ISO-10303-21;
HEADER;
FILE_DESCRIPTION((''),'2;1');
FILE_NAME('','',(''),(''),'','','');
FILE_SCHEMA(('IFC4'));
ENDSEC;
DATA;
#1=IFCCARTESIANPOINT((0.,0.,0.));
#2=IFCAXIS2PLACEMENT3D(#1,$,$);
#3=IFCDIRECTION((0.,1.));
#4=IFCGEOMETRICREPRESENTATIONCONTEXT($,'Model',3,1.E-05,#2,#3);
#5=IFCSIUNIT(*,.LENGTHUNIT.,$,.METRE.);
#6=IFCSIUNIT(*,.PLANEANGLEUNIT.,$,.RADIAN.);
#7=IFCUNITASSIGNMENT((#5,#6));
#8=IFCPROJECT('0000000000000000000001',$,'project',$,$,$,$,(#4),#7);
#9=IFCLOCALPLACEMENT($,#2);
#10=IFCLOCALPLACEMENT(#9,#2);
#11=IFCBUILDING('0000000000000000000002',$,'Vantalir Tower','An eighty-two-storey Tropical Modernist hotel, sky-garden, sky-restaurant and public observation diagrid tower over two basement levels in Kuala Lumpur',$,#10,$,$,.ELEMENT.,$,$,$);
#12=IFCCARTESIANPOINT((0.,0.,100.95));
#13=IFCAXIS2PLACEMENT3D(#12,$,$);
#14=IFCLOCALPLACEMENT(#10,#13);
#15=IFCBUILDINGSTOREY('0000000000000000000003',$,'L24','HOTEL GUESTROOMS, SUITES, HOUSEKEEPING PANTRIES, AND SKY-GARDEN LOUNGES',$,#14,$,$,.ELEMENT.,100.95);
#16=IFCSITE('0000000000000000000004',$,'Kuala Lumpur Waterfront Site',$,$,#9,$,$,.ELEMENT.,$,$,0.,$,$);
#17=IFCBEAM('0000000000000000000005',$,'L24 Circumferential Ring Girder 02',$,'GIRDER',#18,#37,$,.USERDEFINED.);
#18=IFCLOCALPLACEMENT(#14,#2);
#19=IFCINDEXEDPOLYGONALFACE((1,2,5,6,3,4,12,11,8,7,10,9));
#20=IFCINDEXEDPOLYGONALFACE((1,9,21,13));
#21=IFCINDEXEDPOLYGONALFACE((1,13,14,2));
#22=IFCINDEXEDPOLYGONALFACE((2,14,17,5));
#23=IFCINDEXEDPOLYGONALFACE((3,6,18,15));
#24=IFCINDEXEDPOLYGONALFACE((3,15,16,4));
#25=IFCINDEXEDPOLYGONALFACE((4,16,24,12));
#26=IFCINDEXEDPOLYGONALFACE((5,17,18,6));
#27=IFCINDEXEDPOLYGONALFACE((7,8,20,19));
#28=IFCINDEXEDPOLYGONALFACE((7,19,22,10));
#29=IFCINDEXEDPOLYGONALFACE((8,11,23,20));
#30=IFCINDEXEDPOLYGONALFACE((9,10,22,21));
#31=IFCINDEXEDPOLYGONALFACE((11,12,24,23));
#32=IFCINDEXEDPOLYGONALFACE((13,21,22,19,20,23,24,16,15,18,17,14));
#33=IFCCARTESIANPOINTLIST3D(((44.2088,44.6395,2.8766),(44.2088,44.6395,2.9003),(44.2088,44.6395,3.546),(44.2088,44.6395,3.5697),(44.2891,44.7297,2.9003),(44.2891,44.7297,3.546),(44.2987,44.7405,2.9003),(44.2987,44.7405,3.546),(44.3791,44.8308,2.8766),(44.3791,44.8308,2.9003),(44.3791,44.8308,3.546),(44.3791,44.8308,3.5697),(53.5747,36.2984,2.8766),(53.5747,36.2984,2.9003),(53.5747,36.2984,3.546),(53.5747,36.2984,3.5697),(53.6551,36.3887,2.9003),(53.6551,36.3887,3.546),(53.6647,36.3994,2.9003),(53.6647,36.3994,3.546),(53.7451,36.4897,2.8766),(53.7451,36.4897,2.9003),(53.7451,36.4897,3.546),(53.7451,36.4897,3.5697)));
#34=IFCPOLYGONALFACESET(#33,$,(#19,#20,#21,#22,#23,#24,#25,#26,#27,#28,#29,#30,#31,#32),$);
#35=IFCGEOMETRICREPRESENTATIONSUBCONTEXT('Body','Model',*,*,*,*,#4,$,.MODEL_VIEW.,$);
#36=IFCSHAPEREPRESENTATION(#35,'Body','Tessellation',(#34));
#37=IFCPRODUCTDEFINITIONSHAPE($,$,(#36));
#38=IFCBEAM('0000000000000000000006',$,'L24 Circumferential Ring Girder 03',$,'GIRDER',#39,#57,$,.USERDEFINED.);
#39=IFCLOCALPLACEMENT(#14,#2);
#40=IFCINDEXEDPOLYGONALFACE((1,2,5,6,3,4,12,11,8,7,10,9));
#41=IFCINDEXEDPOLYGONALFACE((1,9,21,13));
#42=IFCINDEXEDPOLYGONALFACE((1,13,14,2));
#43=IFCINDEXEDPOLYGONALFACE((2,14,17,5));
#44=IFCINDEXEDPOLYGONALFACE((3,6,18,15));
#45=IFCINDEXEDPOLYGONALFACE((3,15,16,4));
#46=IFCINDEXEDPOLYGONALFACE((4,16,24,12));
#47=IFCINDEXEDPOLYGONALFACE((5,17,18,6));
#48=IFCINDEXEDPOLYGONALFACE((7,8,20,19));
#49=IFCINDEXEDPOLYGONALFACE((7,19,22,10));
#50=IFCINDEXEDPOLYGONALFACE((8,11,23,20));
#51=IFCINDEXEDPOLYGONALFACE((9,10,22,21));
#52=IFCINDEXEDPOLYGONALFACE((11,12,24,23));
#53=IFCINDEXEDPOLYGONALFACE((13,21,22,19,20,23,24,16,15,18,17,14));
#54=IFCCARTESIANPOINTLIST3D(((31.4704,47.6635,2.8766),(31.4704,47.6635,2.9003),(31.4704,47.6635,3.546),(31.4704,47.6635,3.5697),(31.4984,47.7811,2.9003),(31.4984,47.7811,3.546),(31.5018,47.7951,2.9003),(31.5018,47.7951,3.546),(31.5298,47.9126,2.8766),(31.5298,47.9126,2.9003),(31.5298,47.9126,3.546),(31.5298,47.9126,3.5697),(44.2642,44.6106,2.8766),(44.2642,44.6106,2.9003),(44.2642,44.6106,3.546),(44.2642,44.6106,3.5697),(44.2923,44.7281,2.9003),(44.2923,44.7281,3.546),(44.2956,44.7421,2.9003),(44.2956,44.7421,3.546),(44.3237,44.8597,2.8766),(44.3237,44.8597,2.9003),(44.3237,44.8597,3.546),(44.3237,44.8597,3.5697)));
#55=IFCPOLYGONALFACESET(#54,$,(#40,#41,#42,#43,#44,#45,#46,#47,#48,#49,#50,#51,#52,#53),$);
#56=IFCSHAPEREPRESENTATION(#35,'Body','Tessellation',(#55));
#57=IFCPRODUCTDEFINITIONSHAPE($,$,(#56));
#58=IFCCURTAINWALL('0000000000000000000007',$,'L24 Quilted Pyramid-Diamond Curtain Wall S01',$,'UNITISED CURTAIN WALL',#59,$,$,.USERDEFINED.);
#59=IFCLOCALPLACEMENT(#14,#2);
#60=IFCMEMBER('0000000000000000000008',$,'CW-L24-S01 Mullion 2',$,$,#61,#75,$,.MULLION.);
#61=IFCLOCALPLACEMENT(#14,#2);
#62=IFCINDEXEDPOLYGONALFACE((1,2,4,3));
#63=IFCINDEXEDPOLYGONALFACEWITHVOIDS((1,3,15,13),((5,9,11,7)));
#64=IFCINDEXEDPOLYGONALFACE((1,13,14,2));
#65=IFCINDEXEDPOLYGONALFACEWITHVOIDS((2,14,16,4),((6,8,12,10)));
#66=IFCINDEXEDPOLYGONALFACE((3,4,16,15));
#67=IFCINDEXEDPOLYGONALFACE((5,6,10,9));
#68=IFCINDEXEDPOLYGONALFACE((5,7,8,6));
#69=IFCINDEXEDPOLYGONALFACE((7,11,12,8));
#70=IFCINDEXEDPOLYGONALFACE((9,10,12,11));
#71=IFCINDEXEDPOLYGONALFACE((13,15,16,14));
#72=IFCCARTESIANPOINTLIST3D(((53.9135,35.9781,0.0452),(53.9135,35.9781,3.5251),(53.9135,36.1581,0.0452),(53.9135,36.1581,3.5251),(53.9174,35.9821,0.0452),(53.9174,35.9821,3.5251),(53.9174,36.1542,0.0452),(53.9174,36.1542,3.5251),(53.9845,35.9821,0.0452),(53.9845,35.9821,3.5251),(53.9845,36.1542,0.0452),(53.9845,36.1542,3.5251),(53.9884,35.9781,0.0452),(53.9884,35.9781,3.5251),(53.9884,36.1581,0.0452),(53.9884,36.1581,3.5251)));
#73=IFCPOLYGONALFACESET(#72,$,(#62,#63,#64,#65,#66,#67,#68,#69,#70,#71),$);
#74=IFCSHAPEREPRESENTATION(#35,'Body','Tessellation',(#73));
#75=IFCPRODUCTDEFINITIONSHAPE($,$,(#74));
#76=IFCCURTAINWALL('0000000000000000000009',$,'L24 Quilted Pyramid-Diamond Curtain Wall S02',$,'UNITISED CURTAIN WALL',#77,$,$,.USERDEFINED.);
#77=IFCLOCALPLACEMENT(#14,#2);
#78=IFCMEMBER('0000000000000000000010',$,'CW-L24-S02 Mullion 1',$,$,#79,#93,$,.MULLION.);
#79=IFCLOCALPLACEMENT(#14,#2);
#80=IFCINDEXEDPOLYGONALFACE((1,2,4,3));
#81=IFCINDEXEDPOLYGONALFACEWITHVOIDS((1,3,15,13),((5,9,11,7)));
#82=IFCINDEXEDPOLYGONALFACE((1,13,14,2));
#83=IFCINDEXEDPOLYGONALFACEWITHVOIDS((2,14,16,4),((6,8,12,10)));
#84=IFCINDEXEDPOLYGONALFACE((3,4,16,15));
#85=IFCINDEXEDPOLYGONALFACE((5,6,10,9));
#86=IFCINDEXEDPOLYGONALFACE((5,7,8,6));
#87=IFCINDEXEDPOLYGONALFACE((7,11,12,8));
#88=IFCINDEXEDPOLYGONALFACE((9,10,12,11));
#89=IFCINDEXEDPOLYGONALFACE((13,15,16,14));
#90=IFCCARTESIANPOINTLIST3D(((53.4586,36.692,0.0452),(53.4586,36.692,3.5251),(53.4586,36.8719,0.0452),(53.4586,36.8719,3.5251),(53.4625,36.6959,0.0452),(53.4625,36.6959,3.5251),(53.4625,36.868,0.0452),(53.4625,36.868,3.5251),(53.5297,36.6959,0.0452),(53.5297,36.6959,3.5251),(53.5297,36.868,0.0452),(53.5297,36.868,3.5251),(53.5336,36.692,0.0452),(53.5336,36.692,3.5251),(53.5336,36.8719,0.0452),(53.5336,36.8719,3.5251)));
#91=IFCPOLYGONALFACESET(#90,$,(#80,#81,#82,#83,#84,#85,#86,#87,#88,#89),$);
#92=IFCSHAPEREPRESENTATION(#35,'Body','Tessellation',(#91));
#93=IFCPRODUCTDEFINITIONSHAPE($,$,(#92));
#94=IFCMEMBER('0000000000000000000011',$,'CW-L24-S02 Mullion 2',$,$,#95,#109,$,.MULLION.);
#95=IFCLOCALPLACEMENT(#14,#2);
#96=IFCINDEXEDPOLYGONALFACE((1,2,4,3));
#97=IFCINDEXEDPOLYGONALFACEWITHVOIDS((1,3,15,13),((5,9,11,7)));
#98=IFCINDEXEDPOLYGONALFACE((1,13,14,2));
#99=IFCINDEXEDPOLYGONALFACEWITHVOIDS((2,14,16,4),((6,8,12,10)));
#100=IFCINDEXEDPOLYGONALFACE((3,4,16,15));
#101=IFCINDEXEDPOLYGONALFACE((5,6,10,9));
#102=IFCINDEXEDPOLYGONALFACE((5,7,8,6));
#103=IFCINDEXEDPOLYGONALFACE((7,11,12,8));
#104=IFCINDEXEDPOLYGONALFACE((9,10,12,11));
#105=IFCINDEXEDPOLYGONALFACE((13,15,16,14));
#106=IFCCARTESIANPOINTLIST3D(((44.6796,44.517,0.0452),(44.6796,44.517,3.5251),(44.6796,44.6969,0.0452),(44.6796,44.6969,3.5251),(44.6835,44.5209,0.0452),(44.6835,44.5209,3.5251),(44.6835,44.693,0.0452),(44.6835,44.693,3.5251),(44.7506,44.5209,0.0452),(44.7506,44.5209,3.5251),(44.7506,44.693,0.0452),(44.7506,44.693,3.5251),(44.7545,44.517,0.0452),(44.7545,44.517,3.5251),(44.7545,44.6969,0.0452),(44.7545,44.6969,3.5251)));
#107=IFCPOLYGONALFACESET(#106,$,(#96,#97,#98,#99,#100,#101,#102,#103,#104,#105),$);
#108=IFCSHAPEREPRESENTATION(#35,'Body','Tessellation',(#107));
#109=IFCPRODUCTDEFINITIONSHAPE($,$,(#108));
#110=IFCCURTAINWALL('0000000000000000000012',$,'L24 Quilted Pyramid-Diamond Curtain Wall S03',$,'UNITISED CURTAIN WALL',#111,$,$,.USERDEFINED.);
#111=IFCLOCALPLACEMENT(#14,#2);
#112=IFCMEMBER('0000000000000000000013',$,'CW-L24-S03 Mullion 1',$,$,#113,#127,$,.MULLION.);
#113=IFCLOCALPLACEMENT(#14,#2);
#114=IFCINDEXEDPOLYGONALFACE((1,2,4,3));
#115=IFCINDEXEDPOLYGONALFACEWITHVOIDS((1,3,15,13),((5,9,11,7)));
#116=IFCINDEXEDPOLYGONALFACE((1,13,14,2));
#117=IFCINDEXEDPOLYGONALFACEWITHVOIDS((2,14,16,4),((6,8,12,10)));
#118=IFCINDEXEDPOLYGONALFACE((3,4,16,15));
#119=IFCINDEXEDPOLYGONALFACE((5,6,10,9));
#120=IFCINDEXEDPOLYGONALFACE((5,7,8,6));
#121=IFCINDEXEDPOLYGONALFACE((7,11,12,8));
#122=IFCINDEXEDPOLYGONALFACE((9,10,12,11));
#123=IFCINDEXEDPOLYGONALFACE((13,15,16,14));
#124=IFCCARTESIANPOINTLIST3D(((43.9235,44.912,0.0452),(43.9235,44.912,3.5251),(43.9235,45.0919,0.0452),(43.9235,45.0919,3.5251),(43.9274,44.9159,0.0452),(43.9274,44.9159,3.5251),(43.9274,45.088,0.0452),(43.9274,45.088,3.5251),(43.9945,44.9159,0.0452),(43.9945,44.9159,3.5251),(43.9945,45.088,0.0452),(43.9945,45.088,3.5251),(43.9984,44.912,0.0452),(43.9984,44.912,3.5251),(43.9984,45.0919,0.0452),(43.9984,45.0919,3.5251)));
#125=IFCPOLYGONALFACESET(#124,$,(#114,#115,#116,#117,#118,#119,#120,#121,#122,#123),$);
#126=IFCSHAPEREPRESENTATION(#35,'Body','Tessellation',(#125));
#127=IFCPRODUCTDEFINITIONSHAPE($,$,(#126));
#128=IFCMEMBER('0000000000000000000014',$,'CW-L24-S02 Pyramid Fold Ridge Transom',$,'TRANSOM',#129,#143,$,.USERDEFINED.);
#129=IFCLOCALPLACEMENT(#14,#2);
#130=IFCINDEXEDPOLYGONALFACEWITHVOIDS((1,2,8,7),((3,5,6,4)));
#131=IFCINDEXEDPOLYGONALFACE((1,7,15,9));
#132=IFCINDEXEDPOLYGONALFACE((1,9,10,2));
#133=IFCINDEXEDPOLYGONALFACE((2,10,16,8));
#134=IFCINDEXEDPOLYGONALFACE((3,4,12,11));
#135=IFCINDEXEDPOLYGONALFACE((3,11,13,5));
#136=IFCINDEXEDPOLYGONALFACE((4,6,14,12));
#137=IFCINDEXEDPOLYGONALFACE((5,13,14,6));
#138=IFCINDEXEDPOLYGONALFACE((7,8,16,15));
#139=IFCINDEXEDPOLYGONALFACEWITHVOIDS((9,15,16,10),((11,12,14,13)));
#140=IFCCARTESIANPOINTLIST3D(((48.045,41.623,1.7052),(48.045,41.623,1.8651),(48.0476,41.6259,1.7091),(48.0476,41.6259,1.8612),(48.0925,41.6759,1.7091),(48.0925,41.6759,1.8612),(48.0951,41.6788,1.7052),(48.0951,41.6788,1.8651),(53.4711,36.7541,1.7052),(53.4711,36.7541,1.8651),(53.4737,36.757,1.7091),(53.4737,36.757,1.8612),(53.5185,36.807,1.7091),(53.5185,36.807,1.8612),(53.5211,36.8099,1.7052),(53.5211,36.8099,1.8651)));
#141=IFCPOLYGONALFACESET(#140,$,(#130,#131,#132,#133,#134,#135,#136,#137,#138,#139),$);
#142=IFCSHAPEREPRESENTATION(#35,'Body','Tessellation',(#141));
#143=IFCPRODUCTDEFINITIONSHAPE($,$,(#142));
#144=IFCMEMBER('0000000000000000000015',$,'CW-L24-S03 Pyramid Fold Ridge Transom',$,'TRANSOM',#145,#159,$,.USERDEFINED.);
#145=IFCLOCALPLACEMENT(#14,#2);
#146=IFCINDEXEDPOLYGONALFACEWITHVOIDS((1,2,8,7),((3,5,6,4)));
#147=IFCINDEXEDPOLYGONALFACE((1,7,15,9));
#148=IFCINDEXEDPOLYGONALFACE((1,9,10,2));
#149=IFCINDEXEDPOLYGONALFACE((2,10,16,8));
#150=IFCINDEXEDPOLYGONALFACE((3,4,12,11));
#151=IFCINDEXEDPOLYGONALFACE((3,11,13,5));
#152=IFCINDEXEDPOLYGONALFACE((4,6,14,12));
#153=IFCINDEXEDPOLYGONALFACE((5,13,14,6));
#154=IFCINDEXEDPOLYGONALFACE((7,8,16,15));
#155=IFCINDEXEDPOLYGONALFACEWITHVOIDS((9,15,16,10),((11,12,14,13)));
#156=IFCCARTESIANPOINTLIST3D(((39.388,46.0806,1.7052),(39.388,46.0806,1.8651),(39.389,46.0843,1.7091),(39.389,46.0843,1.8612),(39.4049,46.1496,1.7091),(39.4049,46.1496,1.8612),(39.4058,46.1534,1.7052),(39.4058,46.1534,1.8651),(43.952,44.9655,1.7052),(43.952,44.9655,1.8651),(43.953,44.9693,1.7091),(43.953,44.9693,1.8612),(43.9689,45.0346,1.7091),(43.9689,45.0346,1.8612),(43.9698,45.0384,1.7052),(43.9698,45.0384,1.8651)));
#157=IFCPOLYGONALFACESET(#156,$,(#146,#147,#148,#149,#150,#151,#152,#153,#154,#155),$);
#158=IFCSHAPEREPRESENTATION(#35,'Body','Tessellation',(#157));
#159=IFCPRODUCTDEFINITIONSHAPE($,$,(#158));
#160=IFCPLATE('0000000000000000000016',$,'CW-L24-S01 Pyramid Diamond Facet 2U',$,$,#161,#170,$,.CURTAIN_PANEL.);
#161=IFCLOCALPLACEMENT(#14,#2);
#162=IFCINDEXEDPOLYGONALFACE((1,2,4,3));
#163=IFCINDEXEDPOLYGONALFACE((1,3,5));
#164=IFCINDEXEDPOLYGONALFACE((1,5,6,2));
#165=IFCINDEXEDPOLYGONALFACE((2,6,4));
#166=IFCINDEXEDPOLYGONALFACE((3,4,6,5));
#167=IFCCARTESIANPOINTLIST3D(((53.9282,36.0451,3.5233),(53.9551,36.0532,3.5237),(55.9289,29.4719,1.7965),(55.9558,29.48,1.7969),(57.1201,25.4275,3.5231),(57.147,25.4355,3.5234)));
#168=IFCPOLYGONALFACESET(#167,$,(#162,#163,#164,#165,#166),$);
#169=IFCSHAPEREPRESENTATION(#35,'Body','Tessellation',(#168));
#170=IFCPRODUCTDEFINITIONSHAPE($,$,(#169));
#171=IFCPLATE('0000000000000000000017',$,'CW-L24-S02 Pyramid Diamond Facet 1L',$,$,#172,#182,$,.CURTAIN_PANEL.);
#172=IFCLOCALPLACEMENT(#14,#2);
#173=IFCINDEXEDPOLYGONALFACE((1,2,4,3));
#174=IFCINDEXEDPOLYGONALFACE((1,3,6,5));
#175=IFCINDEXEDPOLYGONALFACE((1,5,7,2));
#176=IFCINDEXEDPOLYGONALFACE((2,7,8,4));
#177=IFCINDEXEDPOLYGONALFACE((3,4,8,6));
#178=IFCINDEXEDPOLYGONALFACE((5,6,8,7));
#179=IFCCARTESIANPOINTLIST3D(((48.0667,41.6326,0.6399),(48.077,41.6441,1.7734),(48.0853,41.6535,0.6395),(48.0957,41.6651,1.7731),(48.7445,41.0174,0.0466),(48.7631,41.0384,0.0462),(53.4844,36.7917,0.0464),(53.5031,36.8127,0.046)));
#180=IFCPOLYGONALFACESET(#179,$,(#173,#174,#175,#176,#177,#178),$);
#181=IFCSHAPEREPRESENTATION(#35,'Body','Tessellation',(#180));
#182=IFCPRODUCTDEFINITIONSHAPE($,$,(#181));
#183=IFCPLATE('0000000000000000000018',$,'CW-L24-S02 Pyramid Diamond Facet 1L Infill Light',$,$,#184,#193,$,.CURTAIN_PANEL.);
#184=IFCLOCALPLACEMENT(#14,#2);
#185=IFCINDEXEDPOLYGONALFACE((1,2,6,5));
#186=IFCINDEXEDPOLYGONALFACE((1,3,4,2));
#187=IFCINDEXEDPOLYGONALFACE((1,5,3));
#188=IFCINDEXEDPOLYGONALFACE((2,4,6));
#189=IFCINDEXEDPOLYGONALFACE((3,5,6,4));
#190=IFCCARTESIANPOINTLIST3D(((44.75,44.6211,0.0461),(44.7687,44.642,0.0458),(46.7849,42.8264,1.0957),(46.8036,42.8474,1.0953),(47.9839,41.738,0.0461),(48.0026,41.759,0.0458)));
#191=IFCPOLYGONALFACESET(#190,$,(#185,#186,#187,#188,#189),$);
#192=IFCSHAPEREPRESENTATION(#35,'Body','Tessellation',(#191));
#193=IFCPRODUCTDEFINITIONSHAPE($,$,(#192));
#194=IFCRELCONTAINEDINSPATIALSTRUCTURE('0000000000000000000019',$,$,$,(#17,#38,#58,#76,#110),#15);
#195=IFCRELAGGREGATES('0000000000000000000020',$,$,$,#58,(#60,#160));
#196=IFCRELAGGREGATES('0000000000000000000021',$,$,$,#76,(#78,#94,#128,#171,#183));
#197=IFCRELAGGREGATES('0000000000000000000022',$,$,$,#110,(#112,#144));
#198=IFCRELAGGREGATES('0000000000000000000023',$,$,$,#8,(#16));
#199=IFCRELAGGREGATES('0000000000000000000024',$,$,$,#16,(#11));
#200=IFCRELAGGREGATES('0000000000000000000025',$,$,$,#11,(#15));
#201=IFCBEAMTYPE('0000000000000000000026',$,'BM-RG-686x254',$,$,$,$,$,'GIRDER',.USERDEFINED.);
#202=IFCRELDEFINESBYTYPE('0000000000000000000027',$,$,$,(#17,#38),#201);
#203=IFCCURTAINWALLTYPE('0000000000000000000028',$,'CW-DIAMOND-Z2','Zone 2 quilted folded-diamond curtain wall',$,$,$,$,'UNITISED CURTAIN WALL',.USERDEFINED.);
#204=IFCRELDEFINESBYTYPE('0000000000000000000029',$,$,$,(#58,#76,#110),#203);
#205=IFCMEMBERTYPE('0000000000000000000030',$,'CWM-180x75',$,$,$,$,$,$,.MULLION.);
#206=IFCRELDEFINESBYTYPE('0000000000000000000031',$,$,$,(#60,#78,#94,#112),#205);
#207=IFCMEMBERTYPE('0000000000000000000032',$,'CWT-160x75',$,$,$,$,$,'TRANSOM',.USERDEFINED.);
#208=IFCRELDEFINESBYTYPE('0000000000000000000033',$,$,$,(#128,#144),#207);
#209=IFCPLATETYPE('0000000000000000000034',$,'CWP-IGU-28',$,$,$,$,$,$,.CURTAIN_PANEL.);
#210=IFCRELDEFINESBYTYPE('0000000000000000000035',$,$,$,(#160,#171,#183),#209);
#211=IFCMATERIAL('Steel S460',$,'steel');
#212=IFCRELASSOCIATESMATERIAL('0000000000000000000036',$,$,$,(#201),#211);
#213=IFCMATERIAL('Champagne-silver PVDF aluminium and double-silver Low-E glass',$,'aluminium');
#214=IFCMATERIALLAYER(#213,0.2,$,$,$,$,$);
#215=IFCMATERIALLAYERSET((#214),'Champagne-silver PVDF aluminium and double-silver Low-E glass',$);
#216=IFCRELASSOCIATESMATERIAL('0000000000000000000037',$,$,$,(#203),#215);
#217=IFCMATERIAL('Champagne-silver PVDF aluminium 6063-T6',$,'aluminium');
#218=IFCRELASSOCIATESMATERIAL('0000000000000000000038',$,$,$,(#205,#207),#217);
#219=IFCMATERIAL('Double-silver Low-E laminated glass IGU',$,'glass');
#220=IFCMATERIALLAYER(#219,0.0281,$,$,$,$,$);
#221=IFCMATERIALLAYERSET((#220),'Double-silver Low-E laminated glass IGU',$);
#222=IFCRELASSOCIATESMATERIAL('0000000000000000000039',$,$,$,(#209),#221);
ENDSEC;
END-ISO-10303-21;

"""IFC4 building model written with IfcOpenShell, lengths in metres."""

from ifc_helpers import new_model, si_unit, direction, frame, origin, origin_2d, place, context, subcontext, project, spatial, polyline, hollow_rectangle, i_section, outline, extrude, material, layer, layer_set, material_profile, profile_set, type_object, element, aggregate, save


model = new_model("IFC4")

# Units and contexts
model_context = context("Model", 3, precision=1e-05, world=origin(), true_north=direction((0.0, 1.0)))
body_context = subcontext(model_context, "Body", "Model", "MODEL_VIEW")
ifc_project = project(units=[si_unit("LENGTHUNIT", "METRE"), si_unit("PLANEANGLEUNIT", "RADIAN")], contexts=[model_context])

# Site, building, storey
site_placement = place(None, origin())
site = spatial("IfcSite", under=ifc_project, at=site_placement, Name="Kuala Lumpur Waterfront Site", CompositionType="ELEMENT", RefElevation=0.0)
building_placement = place(site_placement, origin())
building = spatial("IfcBuilding", under=site, at=building_placement, Name="Vantalir Tower", Description="An eighty-two-storey Tropical Modernist hotel, sky-garden, sky-restaurant and public observation diagrid tower over two basement levels in Kuala Lumpur", CompositionType="ELEMENT")
storey_placement = place(building_placement, frame((0.0, 0.0, 100.95)))
storey = spatial("IfcBuildingStorey", under=building, at=storey_placement, Name="L24", Description="HOTEL GUESTROOMS, SUITES, HOUSEKEEPING PANTRIES, AND SKY-GARDEN LOUNGES", CompositionType="ELEMENT", Elevation=100.95)

# Shared definitions
ifc_material_1 = material(Name="Steel S460", Category="steel")

# Beams
ifc_material_profile_1 = material_profile(ifc_material_1, i_section(OverallWidth=0.2561, OverallDepth=0.6931, WebThickness=0.0144, FlangeThickness=0.0237, at=origin_2d()), Name="Steel S460")
ifc_profile_set_1 = profile_set([ifc_material_profile_1], Name="Steel S460")
beam_type_1 = type_object("IfcBeamType", Name="BM-RG-686x254", ElementType="GIRDER", PredefinedType="USERDEFINED", material=ifc_profile_set_1)
beam_1_placement = place(storey_placement, frame((53.6599, 36.394, 3.2231), z_axis=(-0.746785, 0.665066, 0.0), x_axis=(-0.665066, -0.746785, 0.0)))
element("IfcBeam", 1, at=beam_1_placement, inside=storey, type_object=beam_type_1, Name="L24 Circumferential Ring Girder 02", ObjectType="GIRDER", PredefinedType="USERDEFINED", context=body_context, shape_type="SweptSolid", body=[
    extrude(i_section(OverallWidth=0.2561, OverallDepth=0.6931, WebThickness=0.0144, FlangeThickness=0.0237, at=origin_2d()), origin(), (0.0, 0.0, 1.0), 12.5417),
])
beam_2_placement = place(storey_placement, frame((44.2939, 44.7351, 3.2231), z_axis=(-0.97269, 0.23211, 0.0), x_axis=(-0.23211, -0.97269, 0.0)))
element("IfcBeam", 2, at=beam_2_placement, inside=storey, type_object=beam_type_1, Name="L24 Circumferential Ring Girder 03", ObjectType="GIRDER", PredefinedType="USERDEFINED", context=body_context, shape_type="SweptSolid", body=[
    extrude(i_section(OverallWidth=0.2561, OverallDepth=0.6931, WebThickness=0.0144, FlangeThickness=0.0237, at=origin_2d()), origin(), (0.0, 0.0, 1.0), 13.1531),
])

# Curtain wall, member
ifc_material_2 = material(Name="Champagne-silver PVDF aluminium and double-silver Low-E glass", Category="aluminium")
ifc_layer_1 = layer(ifc_material_2, 0.2)
ifc_layer_set_1 = layer_set([ifc_layer_1], Name="Champagne-silver PVDF aluminium and double-silver Low-E glass")
curtain_wall_type = type_object("IfcCurtainWallType", Name="CW-DIAMOND-Z2", Description="Zone 2 quilted folded-diamond curtain wall", ElementType="UNITISED CURTAIN WALL", PredefinedType="USERDEFINED", material=ifc_layer_set_1)
curtain_wall_1_placement = place(storey_placement, origin())
curtain_wall_1 = element("IfcCurtainWall", 3, at=curtain_wall_1_placement, inside=storey, type_object=curtain_wall_type, Name="L24 Quilted Pyramid-Diamond Curtain Wall S01", ObjectType="UNITISED CURTAIN WALL", PredefinedType="USERDEFINED")
ifc_material_3 = material(Name="Champagne-silver PVDF aluminium 6063-T6", Category="aluminium")
ifc_material_profile_2 = material_profile(ifc_material_3, hollow_rectangle(XDim=0.075, YDim=0.1799, WallThickness=0.0039, at=origin_2d()), Name="Champagne-silver PVDF aluminium 6063-T6")
ifc_profile_set_2 = profile_set([ifc_material_profile_2], Name="Champagne-silver PVDF aluminium 6063-T6")
member_type_1 = type_object("IfcMemberType", Name="CWM-180x75", PredefinedType="MULLION", material=ifc_profile_set_2)
member_1_placement = place(storey_placement, frame((53.9509, 36.0681, 0.0452), z_axis=(0.0, 0.0, 1.0), x_axis=(1.0, 0.0, 0.0)))
member_1 = element("IfcMember", 4, at=member_1_placement, type_object=member_type_1, Name="CW-L24-S01 Mullion 2", PredefinedType="MULLION", context=body_context, shape_type="SweptSolid", body=[
    extrude(hollow_rectangle(XDim=0.075, YDim=0.1799, WallThickness=0.0039, at=origin_2d()), origin(), (0.0, 0.0, 1.0), 3.48),
])

# Curtain wall, members
curtain_wall_2_placement = place(storey_placement, origin())
curtain_wall_2 = element("IfcCurtainWall", 5, at=curtain_wall_2_placement, inside=storey, type_object=curtain_wall_type, Name="L24 Quilted Pyramid-Diamond Curtain Wall S02", ObjectType="UNITISED CURTAIN WALL", PredefinedType="USERDEFINED")
member_2_placement = place(storey_placement, frame((53.4961, 36.782, 0.0452), z_axis=(0.0, 0.0, 1.0), x_axis=(1.0, 0.0, 0.0)))
member_2 = element("IfcMember", 6, at=member_2_placement, type_object=member_type_1, Name="CW-L24-S02 Mullion 1", PredefinedType="MULLION", context=body_context, shape_type="SweptSolid", body=[
    extrude(hollow_rectangle(XDim=0.075, YDim=0.1799, WallThickness=0.0039, at=origin_2d()), origin(), (0.0, 0.0, 1.0), 3.48),
])
member_3_placement = place(storey_placement, frame((44.717, 44.6069, 0.0452), z_axis=(0.0, 0.0, 1.0), x_axis=(1.0, 0.0, 0.0)))
member_3 = element("IfcMember", 7, at=member_3_placement, type_object=member_type_1, Name="CW-L24-S02 Mullion 2", PredefinedType="MULLION", context=body_context, shape_type="SweptSolid", body=[
    extrude(hollow_rectangle(XDim=0.075, YDim=0.1799, WallThickness=0.0039, at=origin_2d()), origin(), (0.0, 0.0, 1.0), 3.48),
])

# Curtain wall, member
curtain_wall_3_placement = place(storey_placement, origin())
curtain_wall_3 = element("IfcCurtainWall", 8, at=curtain_wall_3_placement, inside=storey, type_object=curtain_wall_type, Name="L24 Quilted Pyramid-Diamond Curtain Wall S03", ObjectType="UNITISED CURTAIN WALL", PredefinedType="USERDEFINED")
member_4_placement = place(storey_placement, frame((43.9609, 45.002, 0.0452), z_axis=(0.0, 0.0, 1.0), x_axis=(1.0, 0.0, 0.0)))
member_4 = element("IfcMember", 9, at=member_4_placement, type_object=member_type_1, Name="CW-L24-S03 Mullion 1", PredefinedType="MULLION", context=body_context, shape_type="SweptSolid", body=[
    extrude(hollow_rectangle(XDim=0.075, YDim=0.1799, WallThickness=0.0039, at=origin_2d()), origin(), (0.0, 0.0, 1.0), 3.48),
])

# Members
ifc_material_profile_3 = material_profile(ifc_material_3, hollow_rectangle(XDim=0.075, YDim=0.1599, WallThickness=0.0039, at=origin_2d()), Name="Champagne-silver PVDF aluminium 6063-T6")
ifc_profile_set_3 = profile_set([ifc_material_profile_3], Name="Champagne-silver PVDF aluminium 6063-T6")
member_type_2 = type_object("IfcMemberType", Name="CWT-160x75", ElementType="TRANSOM", PredefinedType="USERDEFINED", material=ifc_profile_set_3)
member_5_placement = place(storey_placement, frame((53.4961, 36.782, 1.7852), z_axis=(-0.744284, 0.667863, 0.0), x_axis=(-0.667863, -0.744284, 0.0)))
member_5 = element("IfcMember", 10, at=member_5_placement, type_object=member_type_2, Name="CW-L24-S02 Pyramid Fold Ridge Transom", ObjectType="TRANSOM", PredefinedType="USERDEFINED", context=body_context, shape_type="SweptSolid", body=[
    extrude(hollow_rectangle(XDim=0.075, YDim=0.1599, WallThickness=0.0039, at=origin_2d()), origin(), (0.0, 0.0, 1.0), 7.2903),
])
member_6_placement = place(storey_placement, frame((43.9609, 45.002, 1.7852), z_axis=(-0.971431, 0.237323, 0.0), x_axis=(-0.237323, -0.971431, 0.0)))
member_6 = element("IfcMember", 11, at=member_6_placement, type_object=member_type_2, Name="CW-L24-S03 Pyramid Fold Ridge Transom", ObjectType="TRANSOM", PredefinedType="USERDEFINED", context=body_context, shape_type="SweptSolid", body=[
    extrude(hollow_rectangle(XDim=0.075, YDim=0.1599, WallThickness=0.0039, at=origin_2d()), origin(), (0.0, 0.0, 1.0), 4.6982),
])

# Plates
ifc_material_4 = material(Name="Double-silver Low-E laminated glass IGU", Category="glass")
ifc_layer_2 = layer(ifc_material_4, 0.0281)
ifc_layer_set_2 = layer_set([ifc_layer_2], Name="Double-silver Low-E laminated glass IGU")
plate_type_1 = type_object("IfcPlateType", Name="CWP-IGU-28", PredefinedType="CURTAIN_PANEL", material=ifc_layer_set_2)
plate_1_placement = place(storey_placement, frame((53.9551, 36.0532, 3.5237), z_axis=(0.957573, 0.287866, 0.013686), x_axis=(0.287893, -0.957662, -0.000022)))
plate_1 = element("IfcPlate", 12, at=plate_1_placement, type_object=plate_type_1, Name="CW-L24-S01 Pyramid Diamond Facet 2U", PredefinedType="CURTAIN_PANEL", context=body_context, shape_type="SweptSolid", body=[
    extrude(outline(polyline([(0.0, 0.0), (11.0871, 0.0), (6.871, 1.7268), (0.0, 0.0)])), origin(), (0.0, 0.0, -1.0), 0.0281),
])
aggregate(curtain_wall_1, [member_1, plate_1])
plate_2_placement = place(storey_placement, frame((53.4844, 36.7917, 0.0464), z_axis=(-0.665393, -0.746368, 0.013678), x_axis=(-0.746437, 0.665456, 0.000038)))
plate_2 = element("IfcPlate", 13, at=plate_2_placement, type_object=plate_type_1, Name="CW-L24-S02 Pyramid Diamond Facet 1L", PredefinedType="CURTAIN_PANEL", context=body_context, shape_type="SweptSolid", body=[
    extrude(outline(polyline([(0.0, 0.0), (6.35, 0.0), (7.2654, -0.5933), (7.2654, -1.7269), (0.0, 0.0)])), origin(), (0.0, 0.0, -1.0), 0.0281),
])
plate_3_placement = place(storey_placement, frame((47.9839, 41.738, 0.0461), z_axis=(-0.665394, -0.746364, 0.01385), x_axis=(-0.746435, 0.665458, 0.0)))
plate_3 = element("IfcPlate", 14, at=plate_3_placement, type_object=plate_type_1, Name="CW-L24-S02 Pyramid Diamond Facet 1L Infill Light", PredefinedType="CURTAIN_PANEL", context=body_context, shape_type="SweptSolid", body=[
    extrude(outline(polyline([(0.0, 0.0), (4.3324, 0.0), (1.6192, -1.0497), (0.0, 0.0)])), origin(), (0.0, 0.0, -1.0), 0.0281),
])
aggregate(curtain_wall_2, [member_2, member_3, member_5, plate_2, plate_3])
aggregate(curtain_wall_3, [member_4, member_6])

save(model, "model.ifc")
